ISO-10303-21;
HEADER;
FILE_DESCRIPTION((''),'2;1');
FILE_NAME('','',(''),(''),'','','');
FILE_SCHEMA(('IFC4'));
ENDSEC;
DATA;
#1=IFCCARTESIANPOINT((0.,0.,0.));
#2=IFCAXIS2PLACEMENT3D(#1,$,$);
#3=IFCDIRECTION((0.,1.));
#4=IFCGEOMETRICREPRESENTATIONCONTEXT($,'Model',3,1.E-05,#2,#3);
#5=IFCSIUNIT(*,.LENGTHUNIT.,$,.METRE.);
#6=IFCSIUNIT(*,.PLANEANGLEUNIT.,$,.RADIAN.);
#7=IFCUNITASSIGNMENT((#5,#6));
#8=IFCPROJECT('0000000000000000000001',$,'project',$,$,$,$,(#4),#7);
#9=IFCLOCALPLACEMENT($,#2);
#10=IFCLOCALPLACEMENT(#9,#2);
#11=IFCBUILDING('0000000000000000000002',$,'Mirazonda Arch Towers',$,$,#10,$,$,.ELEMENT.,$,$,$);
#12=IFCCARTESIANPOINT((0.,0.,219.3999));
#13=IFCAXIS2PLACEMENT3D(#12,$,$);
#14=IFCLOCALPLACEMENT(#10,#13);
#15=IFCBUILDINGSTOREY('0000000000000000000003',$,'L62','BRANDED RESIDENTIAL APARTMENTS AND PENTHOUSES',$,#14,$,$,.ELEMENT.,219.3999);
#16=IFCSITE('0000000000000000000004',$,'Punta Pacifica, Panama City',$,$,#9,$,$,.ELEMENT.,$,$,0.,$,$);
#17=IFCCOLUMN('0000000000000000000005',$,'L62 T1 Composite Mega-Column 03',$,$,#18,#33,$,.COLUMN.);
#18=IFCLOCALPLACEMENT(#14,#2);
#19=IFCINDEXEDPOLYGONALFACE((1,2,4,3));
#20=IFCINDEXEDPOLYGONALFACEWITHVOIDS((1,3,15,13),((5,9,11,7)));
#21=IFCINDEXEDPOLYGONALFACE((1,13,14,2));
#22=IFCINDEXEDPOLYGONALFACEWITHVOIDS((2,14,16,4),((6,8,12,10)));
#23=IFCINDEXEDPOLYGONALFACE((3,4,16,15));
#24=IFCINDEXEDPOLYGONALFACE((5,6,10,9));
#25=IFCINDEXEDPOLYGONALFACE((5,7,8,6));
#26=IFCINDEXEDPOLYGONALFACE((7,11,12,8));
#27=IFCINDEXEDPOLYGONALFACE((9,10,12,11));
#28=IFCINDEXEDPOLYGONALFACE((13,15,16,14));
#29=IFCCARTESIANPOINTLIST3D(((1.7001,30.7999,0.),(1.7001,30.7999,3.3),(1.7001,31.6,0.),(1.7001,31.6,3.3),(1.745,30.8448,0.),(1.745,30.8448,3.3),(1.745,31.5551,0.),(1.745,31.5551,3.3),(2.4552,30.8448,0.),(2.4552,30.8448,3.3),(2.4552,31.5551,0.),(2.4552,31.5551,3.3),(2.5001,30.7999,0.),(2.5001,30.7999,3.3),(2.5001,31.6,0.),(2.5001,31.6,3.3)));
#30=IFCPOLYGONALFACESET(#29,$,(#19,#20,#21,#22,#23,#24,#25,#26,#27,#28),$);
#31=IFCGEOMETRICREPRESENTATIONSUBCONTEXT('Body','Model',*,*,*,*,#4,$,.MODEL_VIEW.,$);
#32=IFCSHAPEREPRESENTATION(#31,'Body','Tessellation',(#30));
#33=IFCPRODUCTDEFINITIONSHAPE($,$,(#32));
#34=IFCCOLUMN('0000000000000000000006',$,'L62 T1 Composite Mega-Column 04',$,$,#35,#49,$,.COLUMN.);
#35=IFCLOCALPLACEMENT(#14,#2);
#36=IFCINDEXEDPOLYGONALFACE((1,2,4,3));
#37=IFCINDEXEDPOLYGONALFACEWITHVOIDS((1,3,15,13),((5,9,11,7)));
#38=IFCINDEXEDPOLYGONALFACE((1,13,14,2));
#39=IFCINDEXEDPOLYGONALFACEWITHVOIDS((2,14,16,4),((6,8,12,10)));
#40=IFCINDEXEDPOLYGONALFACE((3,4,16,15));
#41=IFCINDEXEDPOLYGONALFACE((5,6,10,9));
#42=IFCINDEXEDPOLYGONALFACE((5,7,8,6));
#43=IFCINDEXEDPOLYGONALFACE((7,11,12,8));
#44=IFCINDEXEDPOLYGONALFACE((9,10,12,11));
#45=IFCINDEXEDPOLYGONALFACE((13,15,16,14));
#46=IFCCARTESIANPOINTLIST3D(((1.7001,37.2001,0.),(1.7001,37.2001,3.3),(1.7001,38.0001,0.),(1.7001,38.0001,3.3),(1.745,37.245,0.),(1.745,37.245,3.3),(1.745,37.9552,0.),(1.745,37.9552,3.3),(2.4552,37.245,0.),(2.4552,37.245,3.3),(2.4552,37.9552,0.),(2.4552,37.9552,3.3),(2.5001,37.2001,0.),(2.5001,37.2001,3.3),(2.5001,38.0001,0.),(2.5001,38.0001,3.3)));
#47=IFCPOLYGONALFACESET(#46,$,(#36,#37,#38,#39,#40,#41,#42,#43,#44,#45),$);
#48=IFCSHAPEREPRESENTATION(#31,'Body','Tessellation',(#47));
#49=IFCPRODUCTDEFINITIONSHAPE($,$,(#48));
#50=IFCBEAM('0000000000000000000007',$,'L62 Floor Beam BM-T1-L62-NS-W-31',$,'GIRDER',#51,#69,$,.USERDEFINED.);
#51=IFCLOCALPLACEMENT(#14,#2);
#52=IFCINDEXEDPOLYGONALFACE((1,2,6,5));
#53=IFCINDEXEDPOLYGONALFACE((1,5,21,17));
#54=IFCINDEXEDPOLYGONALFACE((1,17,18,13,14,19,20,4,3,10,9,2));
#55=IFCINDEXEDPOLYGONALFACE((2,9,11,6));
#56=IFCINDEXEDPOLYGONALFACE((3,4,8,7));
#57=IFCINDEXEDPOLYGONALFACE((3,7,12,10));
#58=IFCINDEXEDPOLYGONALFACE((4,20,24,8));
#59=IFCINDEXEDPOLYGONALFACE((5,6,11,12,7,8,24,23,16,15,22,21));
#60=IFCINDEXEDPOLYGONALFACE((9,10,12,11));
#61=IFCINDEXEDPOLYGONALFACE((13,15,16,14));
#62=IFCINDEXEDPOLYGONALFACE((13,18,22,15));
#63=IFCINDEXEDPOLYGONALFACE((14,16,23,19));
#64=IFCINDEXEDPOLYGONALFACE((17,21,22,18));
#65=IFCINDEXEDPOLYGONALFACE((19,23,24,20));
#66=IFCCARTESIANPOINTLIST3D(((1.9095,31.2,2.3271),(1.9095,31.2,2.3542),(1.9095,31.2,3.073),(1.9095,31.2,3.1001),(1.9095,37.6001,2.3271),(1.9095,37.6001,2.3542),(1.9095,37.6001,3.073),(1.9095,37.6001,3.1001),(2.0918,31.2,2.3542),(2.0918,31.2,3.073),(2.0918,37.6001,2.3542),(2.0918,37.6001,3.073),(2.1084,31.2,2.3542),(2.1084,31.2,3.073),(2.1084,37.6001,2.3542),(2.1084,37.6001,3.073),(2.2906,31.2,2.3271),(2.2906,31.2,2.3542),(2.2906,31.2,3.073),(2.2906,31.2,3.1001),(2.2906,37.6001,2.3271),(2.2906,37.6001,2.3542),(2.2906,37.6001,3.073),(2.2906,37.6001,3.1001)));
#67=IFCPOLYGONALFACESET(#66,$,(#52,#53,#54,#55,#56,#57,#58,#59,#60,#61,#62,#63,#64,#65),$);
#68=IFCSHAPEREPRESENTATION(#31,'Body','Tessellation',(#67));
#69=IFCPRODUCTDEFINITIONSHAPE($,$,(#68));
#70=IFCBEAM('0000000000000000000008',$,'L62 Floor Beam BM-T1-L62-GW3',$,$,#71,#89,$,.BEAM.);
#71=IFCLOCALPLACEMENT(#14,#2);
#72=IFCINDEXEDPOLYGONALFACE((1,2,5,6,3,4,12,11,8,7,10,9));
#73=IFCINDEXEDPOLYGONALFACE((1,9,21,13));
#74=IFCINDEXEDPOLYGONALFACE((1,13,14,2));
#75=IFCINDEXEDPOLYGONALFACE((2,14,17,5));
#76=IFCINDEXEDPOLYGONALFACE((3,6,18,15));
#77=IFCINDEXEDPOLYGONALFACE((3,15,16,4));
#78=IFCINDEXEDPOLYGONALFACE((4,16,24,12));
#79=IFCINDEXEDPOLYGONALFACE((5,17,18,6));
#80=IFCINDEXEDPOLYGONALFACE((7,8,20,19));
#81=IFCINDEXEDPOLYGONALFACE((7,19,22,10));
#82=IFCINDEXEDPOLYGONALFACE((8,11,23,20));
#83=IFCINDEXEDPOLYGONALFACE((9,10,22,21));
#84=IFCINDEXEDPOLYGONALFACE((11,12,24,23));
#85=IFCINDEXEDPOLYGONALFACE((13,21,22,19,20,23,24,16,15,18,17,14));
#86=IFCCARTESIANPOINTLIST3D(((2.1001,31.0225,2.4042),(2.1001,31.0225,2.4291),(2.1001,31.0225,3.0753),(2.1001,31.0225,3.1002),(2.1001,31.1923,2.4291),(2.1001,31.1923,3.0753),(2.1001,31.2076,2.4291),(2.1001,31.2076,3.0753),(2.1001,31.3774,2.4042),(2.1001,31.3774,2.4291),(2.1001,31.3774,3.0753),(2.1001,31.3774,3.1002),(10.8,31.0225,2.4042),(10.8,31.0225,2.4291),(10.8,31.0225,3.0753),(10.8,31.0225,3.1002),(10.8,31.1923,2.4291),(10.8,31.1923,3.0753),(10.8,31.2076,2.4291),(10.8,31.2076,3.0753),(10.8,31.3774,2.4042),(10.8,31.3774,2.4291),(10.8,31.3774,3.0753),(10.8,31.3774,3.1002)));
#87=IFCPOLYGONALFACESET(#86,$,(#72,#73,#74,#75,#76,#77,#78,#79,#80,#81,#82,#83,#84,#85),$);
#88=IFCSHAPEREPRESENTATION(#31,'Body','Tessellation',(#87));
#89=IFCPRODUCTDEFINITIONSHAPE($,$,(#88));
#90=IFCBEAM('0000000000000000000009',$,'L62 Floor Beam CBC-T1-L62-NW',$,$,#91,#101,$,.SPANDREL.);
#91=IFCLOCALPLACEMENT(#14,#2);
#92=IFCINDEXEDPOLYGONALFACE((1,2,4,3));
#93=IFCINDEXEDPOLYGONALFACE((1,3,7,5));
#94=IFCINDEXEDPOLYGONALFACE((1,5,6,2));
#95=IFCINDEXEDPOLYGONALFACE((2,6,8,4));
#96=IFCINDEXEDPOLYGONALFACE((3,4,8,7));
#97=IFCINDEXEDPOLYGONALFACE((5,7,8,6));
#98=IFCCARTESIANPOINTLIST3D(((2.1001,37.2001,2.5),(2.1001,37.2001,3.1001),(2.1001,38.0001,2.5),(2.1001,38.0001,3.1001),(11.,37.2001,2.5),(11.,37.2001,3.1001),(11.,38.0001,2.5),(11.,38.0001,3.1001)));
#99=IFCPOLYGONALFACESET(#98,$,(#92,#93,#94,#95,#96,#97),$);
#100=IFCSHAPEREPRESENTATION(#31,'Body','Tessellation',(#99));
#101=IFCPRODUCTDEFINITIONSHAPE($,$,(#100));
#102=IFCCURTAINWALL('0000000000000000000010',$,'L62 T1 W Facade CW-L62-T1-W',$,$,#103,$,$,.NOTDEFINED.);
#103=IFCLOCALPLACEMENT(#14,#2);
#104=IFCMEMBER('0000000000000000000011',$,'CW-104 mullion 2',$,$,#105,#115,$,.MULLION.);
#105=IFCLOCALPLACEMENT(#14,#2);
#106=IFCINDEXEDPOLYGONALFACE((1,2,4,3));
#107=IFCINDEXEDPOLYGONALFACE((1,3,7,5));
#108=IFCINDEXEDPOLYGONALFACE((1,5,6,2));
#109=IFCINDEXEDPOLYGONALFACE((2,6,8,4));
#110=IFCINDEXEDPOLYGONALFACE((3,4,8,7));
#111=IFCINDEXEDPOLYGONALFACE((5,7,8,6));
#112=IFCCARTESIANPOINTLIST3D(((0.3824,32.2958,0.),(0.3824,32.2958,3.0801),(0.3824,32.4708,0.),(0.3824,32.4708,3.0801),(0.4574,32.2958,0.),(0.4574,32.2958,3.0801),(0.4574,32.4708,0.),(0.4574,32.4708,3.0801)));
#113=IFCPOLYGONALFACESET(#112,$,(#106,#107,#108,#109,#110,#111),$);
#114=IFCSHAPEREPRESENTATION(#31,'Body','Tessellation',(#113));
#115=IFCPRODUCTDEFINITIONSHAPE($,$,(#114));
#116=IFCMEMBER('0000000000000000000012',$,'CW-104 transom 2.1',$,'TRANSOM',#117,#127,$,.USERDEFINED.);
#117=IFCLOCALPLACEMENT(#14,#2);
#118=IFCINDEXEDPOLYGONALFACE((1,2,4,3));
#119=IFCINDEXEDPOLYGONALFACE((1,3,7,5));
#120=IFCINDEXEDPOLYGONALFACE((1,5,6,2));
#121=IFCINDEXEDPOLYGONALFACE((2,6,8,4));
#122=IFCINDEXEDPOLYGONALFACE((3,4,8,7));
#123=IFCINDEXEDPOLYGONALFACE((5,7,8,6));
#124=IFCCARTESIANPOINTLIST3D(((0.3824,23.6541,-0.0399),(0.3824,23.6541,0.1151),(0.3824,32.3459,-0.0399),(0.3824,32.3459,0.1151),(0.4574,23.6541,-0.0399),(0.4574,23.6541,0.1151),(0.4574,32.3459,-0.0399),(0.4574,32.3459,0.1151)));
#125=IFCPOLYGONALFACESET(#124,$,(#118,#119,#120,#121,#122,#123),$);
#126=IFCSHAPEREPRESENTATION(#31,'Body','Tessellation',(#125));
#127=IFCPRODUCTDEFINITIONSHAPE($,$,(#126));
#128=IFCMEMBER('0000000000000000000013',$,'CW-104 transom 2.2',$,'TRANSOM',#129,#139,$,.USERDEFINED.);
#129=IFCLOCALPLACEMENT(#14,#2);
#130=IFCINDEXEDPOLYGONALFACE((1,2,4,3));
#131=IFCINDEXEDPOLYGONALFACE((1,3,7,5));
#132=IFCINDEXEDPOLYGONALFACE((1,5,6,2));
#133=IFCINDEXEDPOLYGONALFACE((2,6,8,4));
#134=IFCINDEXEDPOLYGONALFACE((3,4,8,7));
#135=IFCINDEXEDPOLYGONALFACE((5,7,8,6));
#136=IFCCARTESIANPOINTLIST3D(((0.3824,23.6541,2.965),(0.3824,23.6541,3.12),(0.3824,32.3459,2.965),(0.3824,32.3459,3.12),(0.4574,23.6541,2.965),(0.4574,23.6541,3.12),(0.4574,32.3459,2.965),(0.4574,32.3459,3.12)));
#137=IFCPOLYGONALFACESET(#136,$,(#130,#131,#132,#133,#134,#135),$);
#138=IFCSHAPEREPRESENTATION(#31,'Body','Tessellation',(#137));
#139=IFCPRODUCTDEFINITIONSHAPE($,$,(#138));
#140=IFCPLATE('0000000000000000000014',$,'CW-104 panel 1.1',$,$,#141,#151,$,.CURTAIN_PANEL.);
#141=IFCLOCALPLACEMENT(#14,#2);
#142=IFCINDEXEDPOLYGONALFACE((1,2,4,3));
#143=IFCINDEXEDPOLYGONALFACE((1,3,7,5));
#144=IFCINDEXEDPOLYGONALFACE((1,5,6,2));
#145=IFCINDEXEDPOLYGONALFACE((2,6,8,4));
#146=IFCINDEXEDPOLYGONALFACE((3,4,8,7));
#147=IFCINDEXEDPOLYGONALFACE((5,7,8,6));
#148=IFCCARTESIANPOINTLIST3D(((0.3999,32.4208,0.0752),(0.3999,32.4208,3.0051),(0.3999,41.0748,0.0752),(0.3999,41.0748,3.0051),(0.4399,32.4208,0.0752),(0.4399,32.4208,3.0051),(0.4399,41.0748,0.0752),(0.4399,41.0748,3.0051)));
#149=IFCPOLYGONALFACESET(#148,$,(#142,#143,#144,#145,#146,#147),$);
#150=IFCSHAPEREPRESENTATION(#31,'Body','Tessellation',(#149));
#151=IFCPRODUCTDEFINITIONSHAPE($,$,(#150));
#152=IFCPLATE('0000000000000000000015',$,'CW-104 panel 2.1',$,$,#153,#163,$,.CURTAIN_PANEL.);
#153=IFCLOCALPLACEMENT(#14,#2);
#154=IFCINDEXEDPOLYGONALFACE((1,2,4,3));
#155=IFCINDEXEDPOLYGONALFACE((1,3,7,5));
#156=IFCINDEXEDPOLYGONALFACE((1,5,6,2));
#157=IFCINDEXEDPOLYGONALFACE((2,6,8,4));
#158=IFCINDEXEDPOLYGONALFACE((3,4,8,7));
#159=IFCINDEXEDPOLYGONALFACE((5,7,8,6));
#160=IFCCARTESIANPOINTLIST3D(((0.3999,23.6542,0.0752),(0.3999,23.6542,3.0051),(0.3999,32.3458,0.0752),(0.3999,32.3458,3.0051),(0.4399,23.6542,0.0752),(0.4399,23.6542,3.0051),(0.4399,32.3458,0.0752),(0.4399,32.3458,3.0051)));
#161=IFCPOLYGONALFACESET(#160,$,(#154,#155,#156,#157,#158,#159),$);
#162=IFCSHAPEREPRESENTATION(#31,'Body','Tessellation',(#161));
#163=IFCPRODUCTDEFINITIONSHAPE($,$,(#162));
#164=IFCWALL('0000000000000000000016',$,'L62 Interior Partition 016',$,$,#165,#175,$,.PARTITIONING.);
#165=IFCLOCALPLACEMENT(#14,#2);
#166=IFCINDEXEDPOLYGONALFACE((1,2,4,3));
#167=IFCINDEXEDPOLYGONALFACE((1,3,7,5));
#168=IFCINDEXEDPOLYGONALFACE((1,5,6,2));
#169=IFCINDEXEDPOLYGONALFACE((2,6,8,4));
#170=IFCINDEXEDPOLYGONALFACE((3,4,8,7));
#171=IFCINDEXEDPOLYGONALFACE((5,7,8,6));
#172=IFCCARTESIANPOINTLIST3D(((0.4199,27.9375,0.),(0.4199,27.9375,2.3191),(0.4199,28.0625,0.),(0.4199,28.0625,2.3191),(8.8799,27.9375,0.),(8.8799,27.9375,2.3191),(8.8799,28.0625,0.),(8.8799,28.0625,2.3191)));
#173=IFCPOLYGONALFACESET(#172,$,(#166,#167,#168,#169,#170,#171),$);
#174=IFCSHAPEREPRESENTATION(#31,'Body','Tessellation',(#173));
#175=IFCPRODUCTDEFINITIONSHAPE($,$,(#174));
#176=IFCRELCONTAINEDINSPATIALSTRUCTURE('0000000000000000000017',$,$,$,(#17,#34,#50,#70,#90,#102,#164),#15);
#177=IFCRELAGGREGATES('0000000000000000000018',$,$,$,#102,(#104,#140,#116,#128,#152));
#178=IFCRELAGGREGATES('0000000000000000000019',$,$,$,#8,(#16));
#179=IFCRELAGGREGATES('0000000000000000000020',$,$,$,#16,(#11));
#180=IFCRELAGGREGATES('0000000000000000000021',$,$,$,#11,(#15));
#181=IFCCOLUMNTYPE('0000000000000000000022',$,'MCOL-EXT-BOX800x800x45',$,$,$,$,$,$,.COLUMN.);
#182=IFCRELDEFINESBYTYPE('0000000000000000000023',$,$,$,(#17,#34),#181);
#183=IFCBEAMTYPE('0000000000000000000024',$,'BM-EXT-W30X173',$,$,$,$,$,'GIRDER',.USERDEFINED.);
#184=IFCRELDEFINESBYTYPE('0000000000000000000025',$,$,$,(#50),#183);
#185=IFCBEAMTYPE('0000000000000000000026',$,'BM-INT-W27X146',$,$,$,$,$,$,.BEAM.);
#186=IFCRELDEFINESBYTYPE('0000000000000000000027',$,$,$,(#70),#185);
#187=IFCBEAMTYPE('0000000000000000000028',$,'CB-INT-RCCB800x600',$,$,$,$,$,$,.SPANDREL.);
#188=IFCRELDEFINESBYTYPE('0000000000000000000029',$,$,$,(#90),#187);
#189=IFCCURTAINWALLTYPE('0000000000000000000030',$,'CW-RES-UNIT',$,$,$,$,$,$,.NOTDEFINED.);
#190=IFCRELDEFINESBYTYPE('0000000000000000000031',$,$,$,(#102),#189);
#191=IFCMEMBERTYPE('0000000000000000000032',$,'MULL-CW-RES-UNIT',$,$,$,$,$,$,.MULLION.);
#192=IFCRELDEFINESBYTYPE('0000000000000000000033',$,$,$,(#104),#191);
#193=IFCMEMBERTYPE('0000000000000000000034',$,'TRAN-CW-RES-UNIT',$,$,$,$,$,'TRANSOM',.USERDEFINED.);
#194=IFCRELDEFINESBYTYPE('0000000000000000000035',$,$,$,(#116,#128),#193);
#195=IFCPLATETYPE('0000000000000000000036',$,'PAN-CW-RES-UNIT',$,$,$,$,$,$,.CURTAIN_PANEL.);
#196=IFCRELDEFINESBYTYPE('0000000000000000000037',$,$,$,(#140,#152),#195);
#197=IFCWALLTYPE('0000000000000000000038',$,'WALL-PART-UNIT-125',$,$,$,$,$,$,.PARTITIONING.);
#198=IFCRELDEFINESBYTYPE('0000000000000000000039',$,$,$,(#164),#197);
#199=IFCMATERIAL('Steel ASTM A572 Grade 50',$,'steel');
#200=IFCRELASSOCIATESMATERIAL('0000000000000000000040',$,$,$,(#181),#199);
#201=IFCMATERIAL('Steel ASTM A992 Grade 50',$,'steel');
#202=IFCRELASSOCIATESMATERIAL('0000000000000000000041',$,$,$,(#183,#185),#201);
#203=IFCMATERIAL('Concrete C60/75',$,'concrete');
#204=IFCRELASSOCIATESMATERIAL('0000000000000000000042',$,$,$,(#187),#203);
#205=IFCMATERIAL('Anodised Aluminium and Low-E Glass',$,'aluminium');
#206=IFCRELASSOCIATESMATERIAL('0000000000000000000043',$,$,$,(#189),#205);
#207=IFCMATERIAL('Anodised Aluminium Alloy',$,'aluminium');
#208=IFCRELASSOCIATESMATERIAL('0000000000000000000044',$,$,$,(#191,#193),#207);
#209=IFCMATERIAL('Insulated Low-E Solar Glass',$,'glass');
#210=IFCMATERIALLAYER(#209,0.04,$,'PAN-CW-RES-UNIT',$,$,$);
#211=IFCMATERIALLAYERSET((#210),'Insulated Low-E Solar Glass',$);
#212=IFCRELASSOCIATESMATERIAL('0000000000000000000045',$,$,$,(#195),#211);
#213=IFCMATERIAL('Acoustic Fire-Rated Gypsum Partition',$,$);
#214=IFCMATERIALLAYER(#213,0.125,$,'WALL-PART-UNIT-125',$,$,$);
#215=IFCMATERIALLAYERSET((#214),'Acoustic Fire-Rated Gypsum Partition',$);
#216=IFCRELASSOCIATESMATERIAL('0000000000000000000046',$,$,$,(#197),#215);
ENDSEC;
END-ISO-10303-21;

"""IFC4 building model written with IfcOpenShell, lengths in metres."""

from ifc_helpers import new_model, si_unit, direction, frame, frame_2d, origin, origin_2d, place, context, subcontext, project, spatial, rectangle, hollow_rectangle, i_section, extrude, material, layer, layer_set, material_profile, profile_set, type_object, element, aggregate, save


model = new_model("IFC4")

# Units and contexts
model_context = context("Model", 3, precision=1e-05, world=origin(), true_north=direction((0.0, 1.0)))
body_context = subcontext(model_context, "Body", "Model", "MODEL_VIEW")
ifc_project = project(units=[si_unit("LENGTHUNIT", "METRE"), si_unit("PLANEANGLEUNIT", "RADIAN")], contexts=[model_context])

# Site, building, storey
site_placement = place(None, origin())
site = spatial("IfcSite", under=ifc_project, at=site_placement, Name="Punta Pacifica, Panama City", CompositionType="ELEMENT", RefElevation=0.0)
building_placement = place(site_placement, origin())
building = spatial("IfcBuilding", under=site, at=building_placement, Name="Mirazonda Arch Towers", CompositionType="ELEMENT")
storey_placement = place(building_placement, frame((0.0, 0.0, 219.3999)))
storey = spatial("IfcBuildingStorey", under=building, at=storey_placement, Name="L62", Description="BRANDED RESIDENTIAL APARTMENTS AND PENTHOUSES", CompositionType="ELEMENT", Elevation=219.3999)

# Columns
ifc_material_1 = material(Name="Steel ASTM A572 Grade 50", Category="steel")
ifc_material_profile_1 = material_profile(ifc_material_1, hollow_rectangle(XDim=0.8, YDim=0.8, WallThickness=0.0449, at=origin_2d()), Name="BOX800x800x45")
ifc_profile_set_1 = profile_set([ifc_material_profile_1], Name="Steel ASTM A572 Grade 50")
column_type = type_object("IfcColumnType", Name="MCOL-EXT-BOX800x800x45", PredefinedType="COLUMN", material=ifc_profile_set_1)
for number, where, z_axis, x_axis, name in (
    (1, (2.1001, 31.2, 0.0), (0.0, 0.0, 1.0), (1.0, 0.0, 0.0), "L62 T1 Composite Mega-Column 03"),
    (2, (2.1001, 37.6001, 0.0), (0.0, 0.0, 1.0), (1.0, 0.0, 0.0), "L62 T1 Composite Mega-Column 04"),
):
    element("IfcColumn", number, at=place(storey_placement, frame(where, z_axis=z_axis, x_axis=x_axis)), inside=storey, type_object=column_type, Name=name, PredefinedType="COLUMN", context=body_context, shape_type="SweptSolid", body=[
        extrude(hollow_rectangle(XDim=0.8, YDim=0.8, WallThickness=0.0449, at=origin_2d()), origin(), (0.0, 0.0, 1.0), 3.3),
    ])

# Beams
ifc_material_2 = material(Name="Steel ASTM A992 Grade 50", Category="steel")
ifc_material_profile_2 = material_profile(ifc_material_2, i_section(OverallWidth=0.3811, OverallDepth=0.7729, WebThickness=0.0166, FlangeThickness=0.0271, at=origin_2d()), Name="W30X173")
ifc_profile_set_2 = profile_set([ifc_material_profile_2], Name="Steel ASTM A992 Grade 50")
beam_type_1 = type_object("IfcBeamType", Name="BM-EXT-W30X173", ElementType="GIRDER", PredefinedType="USERDEFINED", material=ifc_profile_set_2)
beam_1_placement = place(storey_placement, frame((2.1001, 31.2, 2.7136), z_axis=(0.0, 1.0, 0.0), x_axis=(-1.0, 0.0, 0.0)))
element("IfcBeam", 3, at=beam_1_placement, inside=storey, type_object=beam_type_1, Name="L62 Floor Beam BM-T1-L62-NS-W-31", ObjectType="GIRDER", PredefinedType="USERDEFINED", context=body_context, shape_type="SweptSolid", body=[
    extrude(i_section(OverallWidth=0.3811, OverallDepth=0.7729, WebThickness=0.0166, FlangeThickness=0.0271, at=origin_2d()), origin(), (0.0, 0.0, 1.0), 6.4001),
])
ifc_material_profile_3 = material_profile(ifc_material_2, i_section(OverallWidth=0.355, OverallDepth=0.696, WebThickness=0.0154, FlangeThickness=0.0249, at=origin_2d()), Name="W27X146")
ifc_profile_set_3 = profile_set([ifc_material_profile_3], Name="Steel ASTM A992 Grade 50")
beam_type_2 = type_object("IfcBeamType", Name="BM-INT-W27X146", PredefinedType="BEAM", material=ifc_profile_set_3)
beam_2_placement = place(storey_placement, frame((2.1001, 31.2, 2.7522), z_axis=(1.0, 0.0, 0.0), x_axis=(0.0, 1.0, 0.0)))
element("IfcBeam", 4, at=beam_2_placement, inside=storey, type_object=beam_type_2, Name="L62 Floor Beam BM-T1-L62-GW3", PredefinedType="BEAM", context=body_context, shape_type="SweptSolid", body=[
    extrude(i_section(OverallWidth=0.355, OverallDepth=0.696, WebThickness=0.0154, FlangeThickness=0.0249, at=origin_2d()), origin(), (0.0, 0.0, 1.0), 8.7),
])
ifc_material_3 = material(Name="Concrete C60/75", Category="concrete")
ifc_material_profile_4 = material_profile(ifc_material_3, rectangle(XDim=0.8, YDim=0.6001, at=origin_2d()), Name="RCCB800x600")
ifc_profile_set_4 = profile_set([ifc_material_profile_4], Name="Concrete C60/75")
beam_type_3 = type_object("IfcBeamType", Name="CB-INT-RCCB800x600", PredefinedType="SPANDREL", material=ifc_profile_set_4)
beam_3_placement = place(storey_placement, frame((2.1001, 37.6001, 2.8), z_axis=(1.0, 0.0, 0.0), x_axis=(0.0, 1.0, 0.0)))
element("IfcBeam", 5, at=beam_3_placement, inside=storey, type_object=beam_type_3, Name="L62 Floor Beam CBC-T1-L62-NW", PredefinedType="SPANDREL", context=body_context, shape_type="SweptSolid", body=[
    extrude(rectangle(XDim=0.8, YDim=0.6001, at=origin_2d()), origin(), (0.0, 0.0, 1.0), 8.8999),
])

# Curtain wall, members, plates
ifc_material_4 = material(Name="Anodised Aluminium and Low-E Glass", Category="aluminium")
curtain_wall_type = type_object("IfcCurtainWallType", Name="CW-RES-UNIT", PredefinedType="NOTDEFINED", material=ifc_material_4)
curtain_wall_placement = place(storey_placement, origin())
curtain_wall = element("IfcCurtainWall", 6, at=curtain_wall_placement, inside=storey, type_object=curtain_wall_type, Name="L62 T1 W Facade CW-L62-T1-W", PredefinedType="NOTDEFINED")
ifc_material_5 = material(Name="Anodised Aluminium Alloy", Category="aluminium")
ifc_material_profile_5 = material_profile(ifc_material_5, rectangle(XDim=0.075, YDim=0.175, at=origin_2d()), Name="ALU-MULL-75x175")
ifc_profile_set_5 = profile_set([ifc_material_profile_5], Name="Anodised Aluminium Alloy")
member_type_1 = type_object("IfcMemberType", Name="MULL-CW-RES-UNIT", PredefinedType="MULLION", material=ifc_profile_set_5)
member_1_placement = place(storey_placement, frame((0.4199, 32.3833, 0.0), z_axis=(0.0, 0.0, 1.0), x_axis=(1.0, 0.0, 0.0)))
member_1 = element("IfcMember", 7, at=member_1_placement, type_object=member_type_1, Name="CW-104 mullion 2", PredefinedType="MULLION", context=body_context, shape_type="SweptSolid", body=[
    extrude(rectangle(XDim=0.075, YDim=0.175, at=origin_2d()), origin(), (0.0, 0.0, 1.0), 3.0801),
])
ifc_material_profile_6 = material_profile(ifc_material_5, rectangle(XDim=0.075, YDim=0.155, at=origin_2d()), Name="ALU-TRAN-75x155")
ifc_profile_set_6 = profile_set([ifc_material_profile_6], Name="Anodised Aluminium Alloy")
member_type_2 = type_object("IfcMemberType", Name="TRAN-CW-RES-UNIT", ElementType="TRANSOM", PredefinedType="USERDEFINED", material=ifc_profile_set_6)
member_2_placement = place(storey_placement, frame((0.4199, 32.3459, 0.0376), z_axis=(0.0, -1.0, 0.0), x_axis=(1.0, 0.0, 0.0)))
member_2 = element("IfcMember", 8, at=member_2_placement, type_object=member_type_2, Name="CW-104 transom 2.1", ObjectType="TRANSOM", PredefinedType="USERDEFINED", context=body_context, shape_type="SweptSolid", body=[
    extrude(rectangle(XDim=0.075, YDim=0.155, at=origin_2d()), origin(), (0.0, 0.0, 1.0), 8.6919),
])
member_3_placement = place(storey_placement, frame((0.4199, 32.3459, 3.0425), z_axis=(0.0, -1.0, 0.0), x_axis=(1.0, 0.0, 0.0)))
member_3 = element("IfcMember", 9, at=member_3_placement, type_object=member_type_2, Name="CW-104 transom 2.2", ObjectType="TRANSOM", PredefinedType="USERDEFINED", context=body_context, shape_type="SweptSolid", body=[
    extrude(rectangle(XDim=0.075, YDim=0.155, at=origin_2d()), origin(), (0.0, 0.0, 1.0), 8.6919),
])
ifc_material_6 = material(Name="Insulated Low-E Solar Glass", Category="glass")
ifc_layer_1 = layer(ifc_material_6, 0.04, Name="PAN-CW-RES-UNIT")
ifc_layer_set_1 = layer_set([ifc_layer_1], Name="Insulated Low-E Solar Glass")
plate_type = type_object("IfcPlateType", Name="PAN-CW-RES-UNIT", PredefinedType="CURTAIN_PANEL", material=ifc_layer_set_1)
plate_1_placement = place(storey_placement, frame((0.4199, 36.7478, 0.0752), z_axis=(0.0, 0.0, 1.0), x_axis=(0.0, -1.0, 0.0)))
plate_1 = element("IfcPlate", 10, at=plate_1_placement, type_object=plate_type, Name="CW-104 panel 1.1", PredefinedType="CURTAIN_PANEL", context=body_context, shape_type="SweptSolid", body=[
    extrude(rectangle(XDim=8.6541, YDim=0.04, at=origin_2d()), origin(), (0.0, 0.0, 1.0), 2.9299),
])
plate_2_placement = place(storey_placement, frame((0.4199, 28.0, 0.0752), z_axis=(0.0, 0.0, 1.0), x_axis=(0.0, -1.0, 0.0)))
plate_2 = element("IfcPlate", 11, at=plate_2_placement, type_object=plate_type, Name="CW-104 panel 2.1", PredefinedType="CURTAIN_PANEL", context=body_context, shape_type="SweptSolid", body=[
    extrude(rectangle(XDim=8.6917, YDim=0.04, at=origin_2d()), origin(), (0.0, 0.0, 1.0), 2.9299),
])
aggregate(curtain_wall, [member_1, plate_1, member_2, member_3, plate_2])

# Wall
ifc_material_7 = material(Name="Acoustic Fire-Rated Gypsum Partition")
ifc_layer_2 = layer(ifc_material_7, 0.125, Name="WALL-PART-UNIT-125")
ifc_layer_set_2 = layer_set([ifc_layer_2], Name="Acoustic Fire-Rated Gypsum Partition")
wall_type_1 = type_object("IfcWallType", Name="WALL-PART-UNIT-125", PredefinedType="PARTITIONING", material=ifc_layer_set_2)
wall_1_placement = place(storey_placement, frame((0.4199, 28.0, 0.0), z_axis=(0.0, 0.0, 1.0), x_axis=(1.0, 0.0, 0.0)))
element("IfcWall", 12, at=wall_1_placement, inside=storey, type_object=wall_type_1, Name="L62 Interior Partition 016", PredefinedType="PARTITIONING", context=body_context, shape_type="SweptSolid", body=[
    extrude(rectangle(XDim=8.46, YDim=0.125, at=frame_2d((4.23, 0.0))), origin(), (0.0, 0.0, 1.0), 2.3191),
])

save(model, "model.ifc")
